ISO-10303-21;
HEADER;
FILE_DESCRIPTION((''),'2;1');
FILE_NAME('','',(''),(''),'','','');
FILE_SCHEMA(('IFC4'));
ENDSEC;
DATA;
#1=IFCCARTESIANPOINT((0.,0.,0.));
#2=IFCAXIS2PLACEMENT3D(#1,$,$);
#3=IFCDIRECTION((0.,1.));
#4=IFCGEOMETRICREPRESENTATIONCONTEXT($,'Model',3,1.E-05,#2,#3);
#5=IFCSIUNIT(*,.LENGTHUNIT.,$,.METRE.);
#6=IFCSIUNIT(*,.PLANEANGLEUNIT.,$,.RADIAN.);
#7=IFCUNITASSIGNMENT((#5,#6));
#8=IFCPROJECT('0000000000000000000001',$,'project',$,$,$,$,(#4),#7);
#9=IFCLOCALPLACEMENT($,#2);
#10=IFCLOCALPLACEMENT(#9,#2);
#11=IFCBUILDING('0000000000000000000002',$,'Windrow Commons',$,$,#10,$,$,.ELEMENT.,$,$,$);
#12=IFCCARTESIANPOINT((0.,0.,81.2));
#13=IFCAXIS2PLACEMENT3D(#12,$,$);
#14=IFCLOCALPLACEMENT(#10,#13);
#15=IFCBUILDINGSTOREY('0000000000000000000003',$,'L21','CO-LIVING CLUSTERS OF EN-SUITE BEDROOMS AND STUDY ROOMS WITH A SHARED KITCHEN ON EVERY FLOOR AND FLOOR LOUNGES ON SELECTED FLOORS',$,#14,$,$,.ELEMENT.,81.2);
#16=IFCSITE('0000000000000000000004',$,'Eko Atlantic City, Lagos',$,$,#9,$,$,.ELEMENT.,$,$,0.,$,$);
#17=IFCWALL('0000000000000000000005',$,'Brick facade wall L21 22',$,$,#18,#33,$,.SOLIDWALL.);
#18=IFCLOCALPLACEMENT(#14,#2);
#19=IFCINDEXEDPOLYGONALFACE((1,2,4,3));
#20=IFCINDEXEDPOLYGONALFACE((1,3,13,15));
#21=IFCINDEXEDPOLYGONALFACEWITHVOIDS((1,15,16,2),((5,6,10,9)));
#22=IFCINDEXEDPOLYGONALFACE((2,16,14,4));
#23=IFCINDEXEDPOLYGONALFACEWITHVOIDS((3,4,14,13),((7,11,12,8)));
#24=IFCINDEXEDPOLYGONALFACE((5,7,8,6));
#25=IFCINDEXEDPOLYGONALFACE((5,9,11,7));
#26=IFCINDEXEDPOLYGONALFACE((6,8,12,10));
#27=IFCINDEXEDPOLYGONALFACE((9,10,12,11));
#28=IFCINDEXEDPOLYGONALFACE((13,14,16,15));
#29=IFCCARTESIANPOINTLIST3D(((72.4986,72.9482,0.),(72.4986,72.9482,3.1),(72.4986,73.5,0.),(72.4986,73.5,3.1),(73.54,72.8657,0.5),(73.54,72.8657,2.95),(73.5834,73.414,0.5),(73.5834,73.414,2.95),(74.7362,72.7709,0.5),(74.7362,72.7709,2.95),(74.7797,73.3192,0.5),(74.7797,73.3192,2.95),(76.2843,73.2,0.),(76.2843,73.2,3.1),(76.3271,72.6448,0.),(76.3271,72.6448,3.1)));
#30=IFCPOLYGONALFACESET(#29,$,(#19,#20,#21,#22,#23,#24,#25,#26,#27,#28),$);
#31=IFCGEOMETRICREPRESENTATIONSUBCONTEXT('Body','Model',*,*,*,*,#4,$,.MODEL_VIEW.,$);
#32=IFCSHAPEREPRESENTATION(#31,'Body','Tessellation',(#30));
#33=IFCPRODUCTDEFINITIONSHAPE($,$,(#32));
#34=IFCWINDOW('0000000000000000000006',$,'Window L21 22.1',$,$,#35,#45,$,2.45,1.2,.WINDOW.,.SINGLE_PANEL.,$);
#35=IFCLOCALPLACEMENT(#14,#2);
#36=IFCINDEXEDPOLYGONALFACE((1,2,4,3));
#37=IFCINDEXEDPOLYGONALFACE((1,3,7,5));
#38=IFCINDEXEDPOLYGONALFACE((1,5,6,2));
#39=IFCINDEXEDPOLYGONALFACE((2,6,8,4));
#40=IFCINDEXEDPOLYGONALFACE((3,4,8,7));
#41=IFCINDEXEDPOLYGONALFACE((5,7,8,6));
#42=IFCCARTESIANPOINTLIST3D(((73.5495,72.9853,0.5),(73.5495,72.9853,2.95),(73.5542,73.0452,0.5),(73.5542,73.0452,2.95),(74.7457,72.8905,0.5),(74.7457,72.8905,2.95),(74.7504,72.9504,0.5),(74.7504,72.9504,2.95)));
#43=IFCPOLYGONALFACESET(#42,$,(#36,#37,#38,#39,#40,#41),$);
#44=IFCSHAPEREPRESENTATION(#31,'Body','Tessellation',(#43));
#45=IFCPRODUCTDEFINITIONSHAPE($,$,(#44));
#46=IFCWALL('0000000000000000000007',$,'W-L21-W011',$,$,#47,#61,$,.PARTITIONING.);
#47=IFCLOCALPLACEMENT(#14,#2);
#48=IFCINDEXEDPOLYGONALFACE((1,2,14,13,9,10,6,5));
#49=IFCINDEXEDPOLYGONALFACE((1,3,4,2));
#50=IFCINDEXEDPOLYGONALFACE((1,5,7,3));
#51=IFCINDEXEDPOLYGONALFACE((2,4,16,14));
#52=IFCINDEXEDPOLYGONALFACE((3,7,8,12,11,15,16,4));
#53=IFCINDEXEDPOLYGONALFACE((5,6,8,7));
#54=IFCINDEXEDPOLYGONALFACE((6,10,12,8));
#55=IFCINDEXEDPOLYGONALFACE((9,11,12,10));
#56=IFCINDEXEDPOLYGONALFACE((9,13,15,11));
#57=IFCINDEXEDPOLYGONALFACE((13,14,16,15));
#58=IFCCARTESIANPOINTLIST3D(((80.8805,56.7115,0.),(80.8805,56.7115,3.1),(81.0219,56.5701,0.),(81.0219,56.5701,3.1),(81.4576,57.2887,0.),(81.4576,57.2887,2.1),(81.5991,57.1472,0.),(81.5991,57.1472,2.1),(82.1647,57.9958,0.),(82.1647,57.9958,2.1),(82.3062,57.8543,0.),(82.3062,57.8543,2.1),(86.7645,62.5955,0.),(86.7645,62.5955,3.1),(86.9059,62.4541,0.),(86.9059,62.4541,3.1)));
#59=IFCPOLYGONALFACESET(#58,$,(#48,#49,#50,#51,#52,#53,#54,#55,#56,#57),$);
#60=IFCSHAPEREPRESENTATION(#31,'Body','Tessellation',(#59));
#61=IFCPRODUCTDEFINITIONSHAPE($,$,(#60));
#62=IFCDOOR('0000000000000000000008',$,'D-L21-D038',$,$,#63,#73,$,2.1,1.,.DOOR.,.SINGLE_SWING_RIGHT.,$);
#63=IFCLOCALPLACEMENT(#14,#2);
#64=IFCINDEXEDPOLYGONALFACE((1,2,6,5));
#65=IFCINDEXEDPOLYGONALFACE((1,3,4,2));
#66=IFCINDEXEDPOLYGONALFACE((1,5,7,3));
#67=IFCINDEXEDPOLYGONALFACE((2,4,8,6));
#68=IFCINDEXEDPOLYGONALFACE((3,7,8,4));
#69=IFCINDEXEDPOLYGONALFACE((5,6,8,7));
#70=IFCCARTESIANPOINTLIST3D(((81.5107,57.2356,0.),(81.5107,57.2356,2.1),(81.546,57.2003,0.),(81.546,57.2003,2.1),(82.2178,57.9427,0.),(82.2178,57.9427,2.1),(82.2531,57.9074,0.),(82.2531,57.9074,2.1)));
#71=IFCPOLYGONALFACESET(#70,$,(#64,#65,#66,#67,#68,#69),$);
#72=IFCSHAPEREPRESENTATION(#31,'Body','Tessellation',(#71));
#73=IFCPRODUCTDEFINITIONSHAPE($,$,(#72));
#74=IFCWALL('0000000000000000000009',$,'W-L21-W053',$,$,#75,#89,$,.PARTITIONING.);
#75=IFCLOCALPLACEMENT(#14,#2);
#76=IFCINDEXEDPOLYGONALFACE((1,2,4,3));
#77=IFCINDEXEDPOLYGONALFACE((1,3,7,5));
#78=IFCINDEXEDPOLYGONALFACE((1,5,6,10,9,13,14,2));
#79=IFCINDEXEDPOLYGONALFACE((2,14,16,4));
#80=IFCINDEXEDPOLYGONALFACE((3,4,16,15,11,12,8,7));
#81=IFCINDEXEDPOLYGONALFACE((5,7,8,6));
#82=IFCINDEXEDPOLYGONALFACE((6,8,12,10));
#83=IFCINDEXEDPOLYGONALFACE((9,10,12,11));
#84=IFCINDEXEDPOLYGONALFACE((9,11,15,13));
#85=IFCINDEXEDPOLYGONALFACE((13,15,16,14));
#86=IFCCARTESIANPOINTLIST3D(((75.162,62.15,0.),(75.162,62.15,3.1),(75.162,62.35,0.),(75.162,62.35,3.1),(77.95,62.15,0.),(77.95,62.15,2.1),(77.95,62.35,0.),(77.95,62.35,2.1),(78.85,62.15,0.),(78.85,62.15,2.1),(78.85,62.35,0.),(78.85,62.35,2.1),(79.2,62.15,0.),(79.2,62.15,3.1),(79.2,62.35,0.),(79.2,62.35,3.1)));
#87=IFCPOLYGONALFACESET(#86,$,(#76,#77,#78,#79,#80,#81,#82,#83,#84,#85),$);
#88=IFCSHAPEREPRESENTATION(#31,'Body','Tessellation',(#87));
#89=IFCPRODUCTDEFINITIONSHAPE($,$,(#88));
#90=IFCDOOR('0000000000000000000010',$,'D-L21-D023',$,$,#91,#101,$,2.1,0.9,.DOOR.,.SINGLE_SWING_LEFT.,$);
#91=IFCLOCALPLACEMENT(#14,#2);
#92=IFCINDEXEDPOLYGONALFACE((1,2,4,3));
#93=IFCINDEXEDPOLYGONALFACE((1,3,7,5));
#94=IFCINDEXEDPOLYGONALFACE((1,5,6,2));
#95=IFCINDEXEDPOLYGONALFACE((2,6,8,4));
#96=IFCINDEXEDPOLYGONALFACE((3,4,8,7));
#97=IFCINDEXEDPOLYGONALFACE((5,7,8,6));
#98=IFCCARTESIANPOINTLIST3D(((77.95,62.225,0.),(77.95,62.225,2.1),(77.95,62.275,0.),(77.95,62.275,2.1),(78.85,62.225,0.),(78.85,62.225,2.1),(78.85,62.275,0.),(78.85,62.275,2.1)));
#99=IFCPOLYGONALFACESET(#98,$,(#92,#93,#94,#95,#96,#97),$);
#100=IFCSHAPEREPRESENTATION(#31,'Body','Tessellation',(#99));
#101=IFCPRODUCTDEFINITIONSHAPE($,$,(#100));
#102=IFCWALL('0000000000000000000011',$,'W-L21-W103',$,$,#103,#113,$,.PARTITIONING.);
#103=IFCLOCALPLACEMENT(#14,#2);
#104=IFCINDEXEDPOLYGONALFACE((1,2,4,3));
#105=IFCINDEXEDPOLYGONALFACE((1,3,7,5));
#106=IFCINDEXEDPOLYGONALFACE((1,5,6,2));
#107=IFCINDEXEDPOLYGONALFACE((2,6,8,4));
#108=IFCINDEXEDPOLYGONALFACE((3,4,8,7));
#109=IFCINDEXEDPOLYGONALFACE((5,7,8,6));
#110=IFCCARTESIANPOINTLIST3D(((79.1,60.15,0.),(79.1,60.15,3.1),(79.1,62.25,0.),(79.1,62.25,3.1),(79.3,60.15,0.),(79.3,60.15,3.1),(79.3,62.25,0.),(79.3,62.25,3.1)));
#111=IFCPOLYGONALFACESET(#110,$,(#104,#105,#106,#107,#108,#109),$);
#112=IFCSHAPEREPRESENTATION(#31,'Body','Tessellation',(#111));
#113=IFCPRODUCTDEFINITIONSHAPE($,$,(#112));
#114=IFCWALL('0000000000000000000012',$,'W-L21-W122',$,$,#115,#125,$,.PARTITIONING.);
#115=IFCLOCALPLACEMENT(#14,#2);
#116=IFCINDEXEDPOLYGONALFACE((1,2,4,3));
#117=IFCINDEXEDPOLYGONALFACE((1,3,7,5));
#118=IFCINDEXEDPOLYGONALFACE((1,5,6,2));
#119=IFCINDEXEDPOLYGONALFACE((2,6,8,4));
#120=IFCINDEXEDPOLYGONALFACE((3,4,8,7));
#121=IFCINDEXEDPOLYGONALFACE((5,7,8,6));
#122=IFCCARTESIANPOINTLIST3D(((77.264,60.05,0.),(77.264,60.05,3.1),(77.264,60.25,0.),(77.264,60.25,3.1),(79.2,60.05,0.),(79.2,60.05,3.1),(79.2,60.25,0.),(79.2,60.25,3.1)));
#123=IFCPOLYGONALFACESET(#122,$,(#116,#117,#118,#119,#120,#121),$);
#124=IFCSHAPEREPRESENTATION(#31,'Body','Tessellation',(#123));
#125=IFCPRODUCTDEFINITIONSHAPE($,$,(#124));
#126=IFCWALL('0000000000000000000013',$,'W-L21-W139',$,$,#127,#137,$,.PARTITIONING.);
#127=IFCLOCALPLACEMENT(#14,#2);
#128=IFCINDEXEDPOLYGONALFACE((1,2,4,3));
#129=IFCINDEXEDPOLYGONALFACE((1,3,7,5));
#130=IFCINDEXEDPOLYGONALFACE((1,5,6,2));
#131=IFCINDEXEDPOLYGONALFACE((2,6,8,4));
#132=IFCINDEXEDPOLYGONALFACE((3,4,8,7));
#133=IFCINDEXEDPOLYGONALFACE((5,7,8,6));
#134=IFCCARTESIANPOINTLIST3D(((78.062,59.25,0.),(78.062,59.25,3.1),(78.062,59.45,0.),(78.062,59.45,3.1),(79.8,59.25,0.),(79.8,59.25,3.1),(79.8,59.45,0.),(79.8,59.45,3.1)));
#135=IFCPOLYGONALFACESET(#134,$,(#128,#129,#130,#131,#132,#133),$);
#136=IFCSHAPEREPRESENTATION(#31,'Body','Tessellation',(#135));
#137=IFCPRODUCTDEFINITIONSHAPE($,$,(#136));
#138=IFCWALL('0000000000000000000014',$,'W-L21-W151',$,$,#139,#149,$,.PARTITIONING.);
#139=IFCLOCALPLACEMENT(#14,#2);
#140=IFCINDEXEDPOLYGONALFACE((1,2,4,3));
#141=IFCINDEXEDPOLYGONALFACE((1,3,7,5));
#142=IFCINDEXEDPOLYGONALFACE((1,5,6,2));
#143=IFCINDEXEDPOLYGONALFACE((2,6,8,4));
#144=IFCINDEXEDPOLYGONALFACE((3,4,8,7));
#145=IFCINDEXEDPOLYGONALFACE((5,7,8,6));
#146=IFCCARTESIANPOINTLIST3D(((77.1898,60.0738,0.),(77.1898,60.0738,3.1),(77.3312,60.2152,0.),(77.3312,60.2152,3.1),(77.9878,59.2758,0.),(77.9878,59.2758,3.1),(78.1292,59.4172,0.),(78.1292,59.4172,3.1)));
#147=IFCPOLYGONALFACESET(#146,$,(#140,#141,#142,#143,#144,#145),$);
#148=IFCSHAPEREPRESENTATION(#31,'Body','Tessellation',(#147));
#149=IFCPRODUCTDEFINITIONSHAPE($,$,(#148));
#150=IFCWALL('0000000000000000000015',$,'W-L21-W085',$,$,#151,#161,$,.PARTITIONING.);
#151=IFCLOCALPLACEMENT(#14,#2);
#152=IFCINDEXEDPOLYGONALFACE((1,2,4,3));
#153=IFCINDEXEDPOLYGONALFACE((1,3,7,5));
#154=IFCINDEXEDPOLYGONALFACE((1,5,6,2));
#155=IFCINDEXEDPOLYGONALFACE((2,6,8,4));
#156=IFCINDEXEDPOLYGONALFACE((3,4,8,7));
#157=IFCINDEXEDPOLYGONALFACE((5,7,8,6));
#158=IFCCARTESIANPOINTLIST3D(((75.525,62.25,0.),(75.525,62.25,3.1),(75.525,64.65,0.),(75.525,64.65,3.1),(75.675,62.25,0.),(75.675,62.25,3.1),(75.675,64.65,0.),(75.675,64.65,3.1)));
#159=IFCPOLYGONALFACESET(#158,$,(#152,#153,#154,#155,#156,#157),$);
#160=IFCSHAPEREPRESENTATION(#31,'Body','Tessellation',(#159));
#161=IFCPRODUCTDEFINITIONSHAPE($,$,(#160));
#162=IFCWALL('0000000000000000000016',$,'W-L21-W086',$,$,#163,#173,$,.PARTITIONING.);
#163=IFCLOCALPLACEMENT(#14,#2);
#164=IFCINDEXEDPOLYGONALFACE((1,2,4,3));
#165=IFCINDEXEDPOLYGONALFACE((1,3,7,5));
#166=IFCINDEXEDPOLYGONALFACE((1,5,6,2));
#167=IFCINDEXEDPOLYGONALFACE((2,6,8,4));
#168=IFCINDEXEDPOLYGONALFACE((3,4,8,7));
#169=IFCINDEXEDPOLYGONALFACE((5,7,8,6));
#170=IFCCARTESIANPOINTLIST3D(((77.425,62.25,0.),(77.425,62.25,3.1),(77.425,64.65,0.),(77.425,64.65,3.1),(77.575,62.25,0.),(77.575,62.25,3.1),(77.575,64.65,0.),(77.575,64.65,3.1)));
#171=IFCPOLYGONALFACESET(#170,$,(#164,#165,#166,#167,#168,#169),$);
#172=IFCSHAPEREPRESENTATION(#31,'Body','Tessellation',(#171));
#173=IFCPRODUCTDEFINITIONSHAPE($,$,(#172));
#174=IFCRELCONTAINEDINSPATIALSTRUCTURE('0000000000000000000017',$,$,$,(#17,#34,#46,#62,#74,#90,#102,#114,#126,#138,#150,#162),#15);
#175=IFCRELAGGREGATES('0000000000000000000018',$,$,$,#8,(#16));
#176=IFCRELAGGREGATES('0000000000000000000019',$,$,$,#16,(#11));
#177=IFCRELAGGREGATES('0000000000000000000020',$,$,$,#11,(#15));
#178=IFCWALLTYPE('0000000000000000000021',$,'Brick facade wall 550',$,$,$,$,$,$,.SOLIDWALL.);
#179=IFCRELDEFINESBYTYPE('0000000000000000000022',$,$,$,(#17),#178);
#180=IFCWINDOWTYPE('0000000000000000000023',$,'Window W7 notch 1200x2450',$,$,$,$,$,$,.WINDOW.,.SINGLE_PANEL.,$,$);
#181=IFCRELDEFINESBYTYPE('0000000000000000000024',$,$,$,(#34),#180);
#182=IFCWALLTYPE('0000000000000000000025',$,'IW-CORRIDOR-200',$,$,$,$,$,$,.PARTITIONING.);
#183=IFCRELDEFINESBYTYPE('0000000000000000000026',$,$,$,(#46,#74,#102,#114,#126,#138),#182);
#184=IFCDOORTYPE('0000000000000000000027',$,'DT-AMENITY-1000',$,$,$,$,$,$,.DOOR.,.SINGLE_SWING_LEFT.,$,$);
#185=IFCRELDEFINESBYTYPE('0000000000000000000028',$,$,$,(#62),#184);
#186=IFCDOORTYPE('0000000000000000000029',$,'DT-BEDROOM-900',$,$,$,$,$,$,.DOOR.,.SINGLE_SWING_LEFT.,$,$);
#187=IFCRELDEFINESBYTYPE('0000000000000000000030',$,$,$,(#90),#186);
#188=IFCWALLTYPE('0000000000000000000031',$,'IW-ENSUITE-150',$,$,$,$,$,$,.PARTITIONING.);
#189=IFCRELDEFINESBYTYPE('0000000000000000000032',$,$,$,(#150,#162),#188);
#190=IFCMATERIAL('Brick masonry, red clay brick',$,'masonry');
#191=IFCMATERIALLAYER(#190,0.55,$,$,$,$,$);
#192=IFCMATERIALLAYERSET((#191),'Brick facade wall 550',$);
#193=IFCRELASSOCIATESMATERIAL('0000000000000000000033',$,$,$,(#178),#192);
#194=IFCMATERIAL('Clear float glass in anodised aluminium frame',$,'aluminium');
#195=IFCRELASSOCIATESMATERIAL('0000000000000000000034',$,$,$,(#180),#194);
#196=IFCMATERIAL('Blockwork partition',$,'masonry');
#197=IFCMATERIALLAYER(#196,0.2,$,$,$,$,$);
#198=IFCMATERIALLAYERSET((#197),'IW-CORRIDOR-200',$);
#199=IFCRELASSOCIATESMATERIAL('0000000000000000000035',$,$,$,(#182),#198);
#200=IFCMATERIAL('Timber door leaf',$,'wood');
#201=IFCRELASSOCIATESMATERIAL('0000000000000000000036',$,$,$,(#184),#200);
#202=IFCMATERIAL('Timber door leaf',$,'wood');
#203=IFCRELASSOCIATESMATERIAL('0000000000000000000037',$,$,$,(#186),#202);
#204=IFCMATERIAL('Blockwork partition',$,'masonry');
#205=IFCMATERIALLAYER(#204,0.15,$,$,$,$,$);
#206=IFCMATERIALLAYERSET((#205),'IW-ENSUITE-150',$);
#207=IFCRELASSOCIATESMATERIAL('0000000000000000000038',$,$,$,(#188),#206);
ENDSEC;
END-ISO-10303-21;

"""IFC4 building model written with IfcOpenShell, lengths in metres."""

from ifc_helpers import new_model, si_unit, direction, frame, frame_2d, origin, place, context, subcontext, project, spatial, polyline, rectangle, outline, extrude, material, layer, layer_set, type_object, element, fill, save


model = new_model("IFC4")

# Units and contexts
model_context = context("Model", 3, precision=1e-05, world=origin(), true_north=direction((0.0, 1.0)))
body_context = subcontext(model_context, "Body", "Model", "MODEL_VIEW")
ifc_project = project(units=[si_unit("LENGTHUNIT", "METRE"), si_unit("PLANEANGLEUNIT", "RADIAN")], contexts=[model_context])

# Site, building, storey
site_placement = place(None, origin())
site = spatial("IfcSite", under=ifc_project, at=site_placement, Name="Eko Atlantic City, Lagos", CompositionType="ELEMENT", RefElevation=0.0)
building_placement = place(site_placement, origin())
building = spatial("IfcBuilding", under=site, at=building_placement, Name="Windrow Commons", CompositionType="ELEMENT")
storey_placement = place(building_placement, frame((0.0, 0.0, 81.2)))
storey = spatial("IfcBuildingStorey", under=building, at=storey_placement, Name="L21", Description="CO-LIVING CLUSTERS OF EN-SUITE BEDROOMS AND STUDY ROOMS WITH A SHARED KITCHEN ON EVERY FLOOR AND FLOOR LOUNGES ON SELECTED FLOORS", CompositionType="ELEMENT", Elevation=81.2)

# Wall, opening, window
ifc_material_1 = material(Name="Brick masonry, red clay brick", Category="masonry")
ifc_layer_1 = layer(ifc_material_1, 0.55)
ifc_layer_set_1 = layer_set([ifc_layer_1], Name="Brick facade wall 550")
wall_type_1 = type_object("IfcWallType", Name="Brick facade wall 550", PredefinedType="SOLIDWALL", material=ifc_layer_set_1)
ifc_material_2 = material(Name="Clear float glass in anodised aluminium frame", Category="aluminium")
window_type = type_object("IfcWindowType", Name="Window W7 notch 1200x2450", PartitioningType="SINGLE_PANEL", PredefinedType="WINDOW", material=ifc_material_2)
wall_1_placement = place(storey_placement, frame((76.3057, 72.9224, 0.0), z_axis=(0.0, 0.0, 1.0), x_axis=(-0.996875, 0.079001, 0.0)))
wall_1 = element("IfcWall", 1, at=wall_1_placement, inside=storey, type_object=wall_type_1, Name="Brick facade wall L21 22", PredefinedType="SOLIDWALL", context=body_context, shape_type="SweptSolid", body=[
    extrude(outline(polyline([(0.0433, -0.275), (3.8408, -0.275), (3.7972, 0.275), (-0.0433, 0.275), (0.0433, -0.275)])), origin(), (0.0, 0.0, 1.0), 3.1),
])
opening_1_placement = place(wall_1_placement, frame((1.5526, 0.0, 0.5)))
opening_1 = element("IfcOpeningElement", 2, at=opening_1_placement, cuts=wall_1, PredefinedType="OPENING", context=body_context, shape_type="SweptSolid", body=[
    extrude(rectangle(XDim=1.2, YDim=2.45, at=frame_2d((0.6, 1.225))), frame((0.0, 0.285, 0.0), z_axis=(0.0, -1.0, 0.0), x_axis=(1.0, 0.0, 0.0)), (0.0, 0.0, 1.0), 0.57),
])
window_1_placement = place(opening_1_placement, origin())
window_1 = element("IfcWindow", 3, at=window_1_placement, inside=storey, type_object=window_type, Name="Window L21 22.1", OverallHeight=2.45, OverallWidth=1.2, PartitioningType="SINGLE_PANEL", PredefinedType="WINDOW", context=body_context, shape_type="SweptSolid", body=[
    extrude(rectangle(XDim=1.2, YDim=2.45, at=frame_2d((0.6, 1.225))), frame((0.0, 0.155, 0.0), z_axis=(0.0, -1.0, 0.0), x_axis=(1.0, 0.0, 0.0)), (0.0, 0.0, 1.0), 0.06),
])
fill(opening_1, window_1)

# Walls, openings, doors
ifc_material_3 = material(Name="Blockwork partition", Category="masonry")
ifc_layer_2 = layer(ifc_material_3, 0.2)
ifc_layer_set_2 = layer_set([ifc_layer_2], Name="IW-CORRIDOR-200")
wall_type_2 = type_object("IfcWallType", Name="IW-CORRIDOR-200", PredefinedType="PARTITIONING", material=ifc_layer_set_2)
wall_2_placement = place(storey_placement, frame((80.9512, 56.6408, 0.0), z_axis=(0.0, 0.0, 1.0), x_axis=(0.707107, 0.707107, 0.0)))
wall_2 = element("IfcWall", 4, at=wall_2_placement, inside=storey, type_object=wall_type_2, Name="W-L21-W011", PredefinedType="PARTITIONING", context=body_context, shape_type="SweptSolid", body=[
    extrude(rectangle(XDim=8.3212, YDim=0.2, at=frame_2d((4.1606, 0.0))), origin(), (0.0, 0.0, 1.0), 3.1),
])
opening_2_placement = place(wall_2_placement, frame((0.8162, 0.0, 0.0)))
opening_2 = element("IfcOpeningElement", 5, at=opening_2_placement, cuts=wall_2, PredefinedType="OPENING", context=body_context, shape_type="SweptSolid", body=[
    extrude(rectangle(XDim=1.0, YDim=2.1, at=frame_2d((0.5, 1.05))), frame((0.0, 0.11, 0.0), z_axis=(0.0, -1.0, 0.0), x_axis=(1.0, 0.0, 0.0)), (0.0, 0.0, 1.0), 0.22),
])
ifc_material_4 = material(Name="Timber door leaf", Category="wood")
door_type_1 = type_object("IfcDoorType", Name="DT-AMENITY-1000", OperationType="SINGLE_SWING_LEFT", PredefinedType="DOOR", material=ifc_material_4)
door_1_placement = place(opening_2_placement, origin())
door_1 = element("IfcDoor", 6, at=door_1_placement, inside=storey, type_object=door_type_1, Name="D-L21-D038", OperationType="SINGLE_SWING_RIGHT", OverallHeight=2.1, OverallWidth=1.0, PredefinedType="DOOR", context=body_context, shape_type="SweptSolid", body=[
    extrude(rectangle(XDim=1.0, YDim=2.1, at=frame_2d((0.5, 1.05))), frame((0.0, 0.025, 0.0), z_axis=(0.0, -1.0, 0.0), x_axis=(1.0, 0.0, 0.0)), (0.0, 0.0, 1.0), 0.05),
])
fill(opening_2, door_1)
wall_3_placement = place(storey_placement, frame((75.162, 62.25, 0.0), z_axis=(0.0, 0.0, 1.0), x_axis=(1.0, 0.0, 0.0)))
wall_3 = element("IfcWall", 7, at=wall_3_placement, inside=storey, type_object=wall_type_2, Name="W-L21-W053", PredefinedType="PARTITIONING", context=body_context, shape_type="SweptSolid", body=[
    extrude(rectangle(XDim=4.038, YDim=0.2, at=frame_2d((2.019, 0.0))), origin(), (0.0, 0.0, 1.0), 3.1),
])
opening_3_placement = place(wall_3_placement, frame((2.788, 0.0, 0.0)))
opening_3 = element("IfcOpeningElement", 8, at=opening_3_placement, cuts=wall_3, PredefinedType="OPENING", context=body_context, shape_type="SweptSolid", body=[
    extrude(rectangle(XDim=0.9, YDim=2.1, at=frame_2d((0.45, 1.05))), frame((0.0, 0.11, 0.0), z_axis=(0.0, -1.0, 0.0), x_axis=(1.0, 0.0, 0.0)), (0.0, 0.0, 1.0), 0.22),
])
ifc_material_5 = material(Name="Timber door leaf", Category="wood")
door_type_2 = type_object("IfcDoorType", Name="DT-BEDROOM-900", OperationType="SINGLE_SWING_LEFT", PredefinedType="DOOR", material=ifc_material_5)
door_2_placement = place(opening_3_placement, origin())
door_2 = element("IfcDoor", 9, at=door_2_placement, inside=storey, type_object=door_type_2, Name="D-L21-D023", OperationType="SINGLE_SWING_LEFT", OverallHeight=2.1, OverallWidth=0.9, PredefinedType="DOOR", context=body_context, shape_type="SweptSolid", body=[
    extrude(rectangle(XDim=0.9, YDim=2.1, at=frame_2d((0.45, 1.05))), frame((0.0, 0.025, 0.0), z_axis=(0.0, -1.0, 0.0), x_axis=(1.0, 0.0, 0.0)), (0.0, 0.0, 1.0), 0.05),
])
fill(opening_3, door_2)

# Walls
wall_4_placement = place(storey_placement, frame((79.2, 60.15, 0.0), z_axis=(0.0, 0.0, 1.0), x_axis=(0.0, 1.0, 0.0)))
element("IfcWall", 10, at=wall_4_placement, inside=storey, type_object=wall_type_2, Name="W-L21-W103", PredefinedType="PARTITIONING", context=body_context, shape_type="SweptSolid", body=[
    extrude(rectangle(XDim=2.1, YDim=0.2, at=frame_2d((1.05, 0.0))), origin(), (0.0, 0.0, 1.0), 3.1),
])
wall_5_placement = place(storey_placement, frame((77.264, 60.15, 0.0), z_axis=(0.0, 0.0, 1.0), x_axis=(1.0, 0.0, 0.0)))
element("IfcWall", 11, at=wall_5_placement, inside=storey, type_object=wall_type_2, Name="W-L21-W122", PredefinedType="PARTITIONING", context=body_context, shape_type="SweptSolid", body=[
    extrude(rectangle(XDim=1.936, YDim=0.2, at=frame_2d((0.968, 0.0))), origin(), (0.0, 0.0, 1.0), 3.1),
])
wall_6_placement = place(storey_placement, frame((78.062, 59.35, 0.0), z_axis=(0.0, 0.0, 1.0), x_axis=(1.0, 0.0, 0.0)))
element("IfcWall", 12, at=wall_6_placement, inside=storey, type_object=wall_type_2, Name="W-L21-W139", PredefinedType="PARTITIONING", context=body_context, shape_type="SweptSolid", body=[
    extrude(rectangle(XDim=1.738, YDim=0.2, at=frame_2d((0.869, 0.0))), origin(), (0.0, 0.0, 1.0), 3.1),
])
wall_7_placement = place(storey_placement, frame((77.2605, 60.1445, 0.0), z_axis=(0.0, 0.0, 1.0), x_axis=(0.707107, -0.707107, 0.0)))
element("IfcWall", 13, at=wall_7_placement, inside=storey, type_object=wall_type_2, Name="W-L21-W151", PredefinedType="PARTITIONING", context=body_context, shape_type="SweptSolid", body=[
    extrude(rectangle(XDim=1.1285, YDim=0.2, at=frame_2d((0.5643, 0.0))), origin(), (0.0, 0.0, 1.0), 3.1),
])
ifc_material_6 = material(Name="Blockwork partition", Category="masonry")
ifc_layer_3 = layer(ifc_material_6, 0.15)
ifc_layer_set_3 = layer_set([ifc_layer_3], Name="IW-ENSUITE-150")
wall_type_3 = type_object("IfcWallType", Name="IW-ENSUITE-150", PredefinedType="PARTITIONING", material=ifc_layer_set_3)
for number, where, z_axis, x_axis, name in (
    (14, (75.6, 62.25, 0.0), (0.0, 0.0, 1.0), (0.0, 1.0, 0.0), "W-L21-W085"),
    (15, (77.5, 62.25, 0.0), (0.0, 0.0, 1.0), (0.0, 1.0, 0.0), "W-L21-W086"),
):
    element("IfcWall", number, at=place(storey_placement, frame(where, z_axis=z_axis, x_axis=x_axis)), inside=storey, type_object=wall_type_3, Name=name, PredefinedType="PARTITIONING", context=body_context, shape_type="SweptSolid", body=[
        extrude(rectangle(XDim=2.4, YDim=0.15, at=frame_2d((1.2, 0.0))), origin(), (0.0, 0.0, 1.0), 3.1),
    ])

save(model, "model.ifc")
